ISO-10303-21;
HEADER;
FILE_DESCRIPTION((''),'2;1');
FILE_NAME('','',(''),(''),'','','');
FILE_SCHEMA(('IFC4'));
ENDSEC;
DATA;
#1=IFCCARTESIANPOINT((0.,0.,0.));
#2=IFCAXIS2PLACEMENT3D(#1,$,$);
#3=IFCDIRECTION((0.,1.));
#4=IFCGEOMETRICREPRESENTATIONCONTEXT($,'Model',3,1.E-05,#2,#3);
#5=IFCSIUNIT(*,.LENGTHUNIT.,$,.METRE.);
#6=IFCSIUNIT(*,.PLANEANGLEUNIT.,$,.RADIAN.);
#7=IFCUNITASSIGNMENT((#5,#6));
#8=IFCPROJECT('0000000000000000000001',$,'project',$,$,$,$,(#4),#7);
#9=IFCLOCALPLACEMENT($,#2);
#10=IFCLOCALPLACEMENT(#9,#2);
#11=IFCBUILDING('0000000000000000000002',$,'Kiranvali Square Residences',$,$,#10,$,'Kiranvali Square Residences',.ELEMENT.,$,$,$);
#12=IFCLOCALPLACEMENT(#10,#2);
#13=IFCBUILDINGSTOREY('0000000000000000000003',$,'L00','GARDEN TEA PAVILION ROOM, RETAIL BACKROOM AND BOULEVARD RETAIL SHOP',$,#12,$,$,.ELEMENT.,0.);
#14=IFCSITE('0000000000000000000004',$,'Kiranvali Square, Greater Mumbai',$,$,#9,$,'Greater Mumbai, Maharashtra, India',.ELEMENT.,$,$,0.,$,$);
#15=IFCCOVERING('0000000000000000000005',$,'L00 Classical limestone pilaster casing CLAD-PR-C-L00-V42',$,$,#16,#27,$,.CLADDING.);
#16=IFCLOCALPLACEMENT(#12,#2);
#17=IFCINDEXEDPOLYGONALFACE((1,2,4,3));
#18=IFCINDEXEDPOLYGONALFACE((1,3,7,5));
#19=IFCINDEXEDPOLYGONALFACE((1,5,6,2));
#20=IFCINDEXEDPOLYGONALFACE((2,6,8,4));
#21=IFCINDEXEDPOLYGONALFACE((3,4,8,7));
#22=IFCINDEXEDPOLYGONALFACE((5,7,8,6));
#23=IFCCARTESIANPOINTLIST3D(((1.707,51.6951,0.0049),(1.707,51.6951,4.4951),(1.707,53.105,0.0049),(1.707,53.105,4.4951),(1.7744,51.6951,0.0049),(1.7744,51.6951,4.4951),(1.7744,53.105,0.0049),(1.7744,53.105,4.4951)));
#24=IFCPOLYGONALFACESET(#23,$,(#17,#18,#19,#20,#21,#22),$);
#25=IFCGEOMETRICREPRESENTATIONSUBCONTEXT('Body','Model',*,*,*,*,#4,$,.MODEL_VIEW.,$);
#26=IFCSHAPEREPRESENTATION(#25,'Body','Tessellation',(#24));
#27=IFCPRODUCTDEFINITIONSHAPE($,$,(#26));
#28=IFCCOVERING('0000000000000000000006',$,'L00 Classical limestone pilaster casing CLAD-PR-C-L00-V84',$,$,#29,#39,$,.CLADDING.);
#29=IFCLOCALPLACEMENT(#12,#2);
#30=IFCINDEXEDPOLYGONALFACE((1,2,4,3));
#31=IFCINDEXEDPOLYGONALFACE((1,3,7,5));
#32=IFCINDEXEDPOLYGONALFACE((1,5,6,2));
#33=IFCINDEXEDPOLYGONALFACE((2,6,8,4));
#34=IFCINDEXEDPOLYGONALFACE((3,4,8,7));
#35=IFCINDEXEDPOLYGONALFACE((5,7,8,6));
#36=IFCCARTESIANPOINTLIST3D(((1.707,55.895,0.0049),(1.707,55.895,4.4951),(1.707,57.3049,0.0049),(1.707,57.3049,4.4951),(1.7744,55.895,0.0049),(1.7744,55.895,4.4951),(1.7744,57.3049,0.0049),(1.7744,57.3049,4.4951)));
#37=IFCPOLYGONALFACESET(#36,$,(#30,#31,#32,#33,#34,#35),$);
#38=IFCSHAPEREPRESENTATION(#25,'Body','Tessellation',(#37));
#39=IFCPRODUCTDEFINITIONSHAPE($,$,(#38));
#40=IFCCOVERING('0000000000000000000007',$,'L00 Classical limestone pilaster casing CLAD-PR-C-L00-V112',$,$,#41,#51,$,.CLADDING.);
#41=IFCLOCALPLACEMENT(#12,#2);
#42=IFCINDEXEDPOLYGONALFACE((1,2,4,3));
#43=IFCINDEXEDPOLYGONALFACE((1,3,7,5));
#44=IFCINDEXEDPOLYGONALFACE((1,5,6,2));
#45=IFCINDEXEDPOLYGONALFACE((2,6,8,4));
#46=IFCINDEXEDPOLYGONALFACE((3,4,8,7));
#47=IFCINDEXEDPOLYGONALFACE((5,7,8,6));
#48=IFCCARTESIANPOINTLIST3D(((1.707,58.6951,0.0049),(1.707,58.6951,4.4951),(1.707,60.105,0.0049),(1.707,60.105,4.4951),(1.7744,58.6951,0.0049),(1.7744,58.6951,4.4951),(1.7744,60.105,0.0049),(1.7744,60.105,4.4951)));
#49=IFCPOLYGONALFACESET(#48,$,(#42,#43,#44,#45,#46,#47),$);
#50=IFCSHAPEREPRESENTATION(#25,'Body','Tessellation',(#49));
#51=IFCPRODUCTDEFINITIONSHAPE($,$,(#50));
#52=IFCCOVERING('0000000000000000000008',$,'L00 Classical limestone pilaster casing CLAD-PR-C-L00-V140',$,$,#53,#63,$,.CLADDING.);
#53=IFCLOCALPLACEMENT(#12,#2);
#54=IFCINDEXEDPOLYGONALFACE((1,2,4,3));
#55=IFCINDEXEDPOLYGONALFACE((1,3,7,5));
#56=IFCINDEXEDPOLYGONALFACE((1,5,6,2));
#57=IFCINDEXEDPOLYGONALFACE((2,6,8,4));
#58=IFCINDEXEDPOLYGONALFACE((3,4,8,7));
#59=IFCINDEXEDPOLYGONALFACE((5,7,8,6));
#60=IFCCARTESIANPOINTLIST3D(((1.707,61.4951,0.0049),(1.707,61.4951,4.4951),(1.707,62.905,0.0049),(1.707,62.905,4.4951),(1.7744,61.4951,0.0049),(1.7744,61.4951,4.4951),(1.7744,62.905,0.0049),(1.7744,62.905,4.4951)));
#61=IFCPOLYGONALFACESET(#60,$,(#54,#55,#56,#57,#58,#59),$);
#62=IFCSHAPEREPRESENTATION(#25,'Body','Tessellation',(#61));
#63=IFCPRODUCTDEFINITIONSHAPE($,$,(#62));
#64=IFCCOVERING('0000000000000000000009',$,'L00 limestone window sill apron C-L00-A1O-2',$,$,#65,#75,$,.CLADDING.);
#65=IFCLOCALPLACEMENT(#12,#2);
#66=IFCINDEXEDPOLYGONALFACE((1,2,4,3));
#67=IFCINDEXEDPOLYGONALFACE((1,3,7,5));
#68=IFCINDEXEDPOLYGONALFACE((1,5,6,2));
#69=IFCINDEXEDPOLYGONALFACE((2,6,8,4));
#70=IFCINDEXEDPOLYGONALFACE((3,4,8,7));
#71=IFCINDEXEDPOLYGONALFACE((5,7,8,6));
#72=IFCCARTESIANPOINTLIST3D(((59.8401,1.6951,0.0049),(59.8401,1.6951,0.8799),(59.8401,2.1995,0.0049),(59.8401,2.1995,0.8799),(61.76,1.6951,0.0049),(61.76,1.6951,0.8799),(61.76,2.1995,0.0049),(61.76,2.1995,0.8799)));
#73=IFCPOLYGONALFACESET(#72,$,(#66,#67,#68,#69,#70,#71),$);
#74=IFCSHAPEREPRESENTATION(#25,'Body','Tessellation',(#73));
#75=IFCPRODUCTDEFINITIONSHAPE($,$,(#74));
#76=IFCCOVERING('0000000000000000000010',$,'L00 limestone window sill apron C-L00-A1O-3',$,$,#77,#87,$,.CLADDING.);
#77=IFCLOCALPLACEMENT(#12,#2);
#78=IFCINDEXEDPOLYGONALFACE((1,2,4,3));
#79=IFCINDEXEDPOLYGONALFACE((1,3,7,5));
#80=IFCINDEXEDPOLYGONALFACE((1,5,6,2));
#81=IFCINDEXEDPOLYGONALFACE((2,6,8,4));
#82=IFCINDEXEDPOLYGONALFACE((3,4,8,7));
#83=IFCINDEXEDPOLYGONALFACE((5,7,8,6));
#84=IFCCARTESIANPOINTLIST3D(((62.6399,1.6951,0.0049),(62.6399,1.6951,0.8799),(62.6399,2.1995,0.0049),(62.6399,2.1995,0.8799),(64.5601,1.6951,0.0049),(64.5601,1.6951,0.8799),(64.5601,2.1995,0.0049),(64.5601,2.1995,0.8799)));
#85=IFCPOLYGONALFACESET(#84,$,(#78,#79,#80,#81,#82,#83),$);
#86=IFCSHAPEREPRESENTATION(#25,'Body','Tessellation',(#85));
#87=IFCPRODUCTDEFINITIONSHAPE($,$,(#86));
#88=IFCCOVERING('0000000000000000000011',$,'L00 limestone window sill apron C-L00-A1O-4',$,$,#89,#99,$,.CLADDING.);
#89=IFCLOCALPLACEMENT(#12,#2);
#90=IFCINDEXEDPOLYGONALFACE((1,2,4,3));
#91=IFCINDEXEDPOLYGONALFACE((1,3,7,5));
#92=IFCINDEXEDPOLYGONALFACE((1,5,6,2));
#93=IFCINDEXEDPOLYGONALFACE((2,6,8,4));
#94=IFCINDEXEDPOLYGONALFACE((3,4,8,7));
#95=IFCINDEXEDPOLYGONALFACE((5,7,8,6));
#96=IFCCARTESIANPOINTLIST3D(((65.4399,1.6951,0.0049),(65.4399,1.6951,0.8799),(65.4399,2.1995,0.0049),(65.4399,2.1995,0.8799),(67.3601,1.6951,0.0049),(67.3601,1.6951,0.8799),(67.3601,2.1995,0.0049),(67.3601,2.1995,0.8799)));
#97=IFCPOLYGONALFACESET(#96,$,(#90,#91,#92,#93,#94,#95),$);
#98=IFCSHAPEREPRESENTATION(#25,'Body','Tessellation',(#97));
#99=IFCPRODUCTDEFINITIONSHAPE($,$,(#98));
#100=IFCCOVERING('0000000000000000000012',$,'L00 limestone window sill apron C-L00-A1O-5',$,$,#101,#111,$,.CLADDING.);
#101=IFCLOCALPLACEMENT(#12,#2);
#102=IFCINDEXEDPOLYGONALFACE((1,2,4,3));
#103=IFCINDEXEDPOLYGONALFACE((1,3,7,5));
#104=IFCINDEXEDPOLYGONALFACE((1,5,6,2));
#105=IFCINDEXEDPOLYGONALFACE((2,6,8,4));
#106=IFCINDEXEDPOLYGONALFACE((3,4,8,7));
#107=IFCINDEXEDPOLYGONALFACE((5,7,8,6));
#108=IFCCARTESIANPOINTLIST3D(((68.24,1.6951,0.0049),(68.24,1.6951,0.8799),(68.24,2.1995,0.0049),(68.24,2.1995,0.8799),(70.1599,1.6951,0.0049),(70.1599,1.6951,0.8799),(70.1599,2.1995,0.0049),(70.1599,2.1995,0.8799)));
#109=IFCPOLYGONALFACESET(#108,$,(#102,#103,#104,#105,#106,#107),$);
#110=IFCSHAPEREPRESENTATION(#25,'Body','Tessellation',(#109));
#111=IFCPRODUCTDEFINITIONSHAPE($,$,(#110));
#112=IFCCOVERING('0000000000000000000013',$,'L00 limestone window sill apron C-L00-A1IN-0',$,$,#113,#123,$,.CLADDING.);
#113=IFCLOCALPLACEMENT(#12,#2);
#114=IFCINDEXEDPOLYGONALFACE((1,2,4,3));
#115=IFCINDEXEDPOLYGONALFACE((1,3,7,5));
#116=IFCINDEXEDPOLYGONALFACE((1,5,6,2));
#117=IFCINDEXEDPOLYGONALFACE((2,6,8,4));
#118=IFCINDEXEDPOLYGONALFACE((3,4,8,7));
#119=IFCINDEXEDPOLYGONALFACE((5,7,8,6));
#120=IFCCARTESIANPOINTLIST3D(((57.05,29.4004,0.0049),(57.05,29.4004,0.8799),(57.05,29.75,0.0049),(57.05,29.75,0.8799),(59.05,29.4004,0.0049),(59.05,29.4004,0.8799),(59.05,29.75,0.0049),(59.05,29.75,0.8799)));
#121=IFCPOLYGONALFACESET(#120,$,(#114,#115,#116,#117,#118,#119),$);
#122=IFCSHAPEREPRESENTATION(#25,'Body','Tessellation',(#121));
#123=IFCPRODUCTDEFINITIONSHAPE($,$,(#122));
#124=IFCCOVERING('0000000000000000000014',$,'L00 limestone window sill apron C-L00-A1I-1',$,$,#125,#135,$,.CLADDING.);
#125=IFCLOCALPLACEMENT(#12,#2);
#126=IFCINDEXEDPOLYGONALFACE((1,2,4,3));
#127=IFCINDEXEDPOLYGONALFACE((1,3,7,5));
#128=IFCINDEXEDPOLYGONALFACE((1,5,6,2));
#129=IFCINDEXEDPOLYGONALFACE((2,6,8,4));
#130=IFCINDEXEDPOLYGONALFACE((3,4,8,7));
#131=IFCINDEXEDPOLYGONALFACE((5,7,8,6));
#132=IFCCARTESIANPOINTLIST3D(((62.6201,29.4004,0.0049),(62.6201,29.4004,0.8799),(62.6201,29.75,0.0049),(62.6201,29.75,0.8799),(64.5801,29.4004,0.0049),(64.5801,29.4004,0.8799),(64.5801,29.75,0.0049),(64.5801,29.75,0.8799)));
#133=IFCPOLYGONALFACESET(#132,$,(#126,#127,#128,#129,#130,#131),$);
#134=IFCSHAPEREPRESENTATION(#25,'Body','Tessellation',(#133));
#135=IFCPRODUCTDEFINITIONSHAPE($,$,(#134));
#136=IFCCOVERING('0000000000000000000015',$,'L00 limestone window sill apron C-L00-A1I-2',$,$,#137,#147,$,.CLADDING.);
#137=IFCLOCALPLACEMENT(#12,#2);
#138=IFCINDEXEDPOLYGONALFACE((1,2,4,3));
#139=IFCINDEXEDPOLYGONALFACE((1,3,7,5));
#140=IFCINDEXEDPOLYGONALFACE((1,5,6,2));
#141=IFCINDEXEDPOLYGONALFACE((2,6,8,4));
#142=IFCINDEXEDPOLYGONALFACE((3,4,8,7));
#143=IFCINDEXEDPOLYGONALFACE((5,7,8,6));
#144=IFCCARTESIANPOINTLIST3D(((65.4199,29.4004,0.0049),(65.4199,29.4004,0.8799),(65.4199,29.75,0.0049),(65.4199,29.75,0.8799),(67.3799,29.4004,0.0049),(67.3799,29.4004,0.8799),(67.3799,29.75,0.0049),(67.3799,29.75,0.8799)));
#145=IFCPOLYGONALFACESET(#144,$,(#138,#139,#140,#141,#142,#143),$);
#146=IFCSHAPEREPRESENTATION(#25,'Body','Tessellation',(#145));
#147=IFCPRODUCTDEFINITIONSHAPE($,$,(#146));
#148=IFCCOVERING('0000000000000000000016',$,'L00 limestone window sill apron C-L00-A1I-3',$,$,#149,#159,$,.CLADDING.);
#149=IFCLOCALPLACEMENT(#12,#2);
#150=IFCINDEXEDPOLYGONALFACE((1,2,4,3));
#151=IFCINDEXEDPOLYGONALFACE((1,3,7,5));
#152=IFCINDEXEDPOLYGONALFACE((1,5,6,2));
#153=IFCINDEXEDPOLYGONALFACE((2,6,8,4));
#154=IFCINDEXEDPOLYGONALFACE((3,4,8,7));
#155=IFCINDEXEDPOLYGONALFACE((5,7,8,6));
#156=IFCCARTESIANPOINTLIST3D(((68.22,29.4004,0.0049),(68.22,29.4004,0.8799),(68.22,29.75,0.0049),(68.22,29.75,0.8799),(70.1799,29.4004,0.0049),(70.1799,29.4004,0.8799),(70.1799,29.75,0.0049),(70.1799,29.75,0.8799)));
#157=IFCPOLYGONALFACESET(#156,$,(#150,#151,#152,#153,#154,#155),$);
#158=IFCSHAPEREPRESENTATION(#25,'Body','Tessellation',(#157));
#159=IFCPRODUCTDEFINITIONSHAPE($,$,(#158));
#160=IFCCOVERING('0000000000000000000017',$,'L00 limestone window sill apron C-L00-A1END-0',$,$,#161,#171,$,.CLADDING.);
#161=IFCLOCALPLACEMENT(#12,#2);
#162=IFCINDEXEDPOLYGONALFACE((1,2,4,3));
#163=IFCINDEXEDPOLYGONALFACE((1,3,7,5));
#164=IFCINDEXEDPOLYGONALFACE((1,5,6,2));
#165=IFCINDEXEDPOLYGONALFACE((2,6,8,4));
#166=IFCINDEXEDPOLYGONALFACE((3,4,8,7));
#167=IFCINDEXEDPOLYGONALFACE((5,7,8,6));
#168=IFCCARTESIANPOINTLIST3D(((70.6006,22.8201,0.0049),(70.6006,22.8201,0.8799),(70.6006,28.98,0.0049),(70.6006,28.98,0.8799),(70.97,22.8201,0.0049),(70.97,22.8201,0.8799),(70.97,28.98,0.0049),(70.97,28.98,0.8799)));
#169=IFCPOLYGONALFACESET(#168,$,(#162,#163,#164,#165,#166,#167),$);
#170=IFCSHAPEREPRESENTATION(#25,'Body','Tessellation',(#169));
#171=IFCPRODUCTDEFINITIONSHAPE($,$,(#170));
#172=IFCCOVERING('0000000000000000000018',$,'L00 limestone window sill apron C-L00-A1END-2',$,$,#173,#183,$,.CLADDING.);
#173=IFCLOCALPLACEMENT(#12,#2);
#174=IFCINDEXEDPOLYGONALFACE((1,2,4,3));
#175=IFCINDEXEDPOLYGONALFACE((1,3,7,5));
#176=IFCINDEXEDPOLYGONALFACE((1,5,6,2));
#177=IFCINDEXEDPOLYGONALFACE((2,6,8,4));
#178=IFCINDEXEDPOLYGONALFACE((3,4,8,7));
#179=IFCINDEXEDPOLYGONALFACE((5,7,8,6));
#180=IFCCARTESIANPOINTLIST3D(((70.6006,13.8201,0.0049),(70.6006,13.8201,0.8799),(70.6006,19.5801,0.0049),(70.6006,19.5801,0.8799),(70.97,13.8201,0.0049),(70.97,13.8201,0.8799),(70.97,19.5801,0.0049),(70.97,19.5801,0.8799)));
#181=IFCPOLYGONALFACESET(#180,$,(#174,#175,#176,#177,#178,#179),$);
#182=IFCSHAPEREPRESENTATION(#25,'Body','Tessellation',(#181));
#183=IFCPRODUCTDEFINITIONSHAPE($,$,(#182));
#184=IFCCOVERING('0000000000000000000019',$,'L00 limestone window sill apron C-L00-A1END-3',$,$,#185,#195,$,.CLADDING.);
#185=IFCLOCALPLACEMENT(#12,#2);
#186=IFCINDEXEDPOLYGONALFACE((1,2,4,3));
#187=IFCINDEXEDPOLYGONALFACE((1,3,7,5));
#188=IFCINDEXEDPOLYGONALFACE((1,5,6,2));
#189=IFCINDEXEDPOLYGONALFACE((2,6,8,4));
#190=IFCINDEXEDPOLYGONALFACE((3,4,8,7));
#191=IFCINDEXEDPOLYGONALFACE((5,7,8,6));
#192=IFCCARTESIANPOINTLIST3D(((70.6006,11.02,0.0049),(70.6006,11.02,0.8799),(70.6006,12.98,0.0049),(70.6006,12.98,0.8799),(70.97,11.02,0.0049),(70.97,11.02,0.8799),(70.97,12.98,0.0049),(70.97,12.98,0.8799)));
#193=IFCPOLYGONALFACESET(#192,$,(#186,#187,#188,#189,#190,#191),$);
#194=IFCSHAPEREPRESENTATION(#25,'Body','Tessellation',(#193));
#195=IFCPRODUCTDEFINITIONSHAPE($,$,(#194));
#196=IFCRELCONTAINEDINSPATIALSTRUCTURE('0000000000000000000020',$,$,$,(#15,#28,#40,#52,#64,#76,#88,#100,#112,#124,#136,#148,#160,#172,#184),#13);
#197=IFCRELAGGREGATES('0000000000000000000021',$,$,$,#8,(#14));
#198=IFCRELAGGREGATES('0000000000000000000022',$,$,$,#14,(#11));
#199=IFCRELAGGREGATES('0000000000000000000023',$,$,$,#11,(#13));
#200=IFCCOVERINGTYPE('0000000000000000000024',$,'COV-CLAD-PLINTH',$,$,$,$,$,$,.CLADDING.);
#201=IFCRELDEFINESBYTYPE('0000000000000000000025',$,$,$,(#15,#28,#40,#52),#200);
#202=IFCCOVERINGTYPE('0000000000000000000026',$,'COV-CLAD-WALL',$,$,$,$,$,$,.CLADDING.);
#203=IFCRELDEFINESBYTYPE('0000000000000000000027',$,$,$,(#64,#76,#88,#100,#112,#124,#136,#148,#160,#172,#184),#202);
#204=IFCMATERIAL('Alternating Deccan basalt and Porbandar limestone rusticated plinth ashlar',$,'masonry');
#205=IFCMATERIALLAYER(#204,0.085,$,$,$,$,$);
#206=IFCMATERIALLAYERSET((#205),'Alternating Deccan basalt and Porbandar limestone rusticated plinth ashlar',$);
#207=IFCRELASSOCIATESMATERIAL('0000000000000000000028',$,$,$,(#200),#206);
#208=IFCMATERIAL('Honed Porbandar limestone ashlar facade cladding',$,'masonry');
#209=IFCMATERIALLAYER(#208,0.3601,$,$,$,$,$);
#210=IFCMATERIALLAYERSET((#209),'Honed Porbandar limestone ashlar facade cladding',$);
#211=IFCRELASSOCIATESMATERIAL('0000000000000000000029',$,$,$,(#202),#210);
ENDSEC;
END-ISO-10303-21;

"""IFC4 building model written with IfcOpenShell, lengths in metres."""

from ifc_helpers import new_model, si_unit, direction, frame, origin, place, context, subcontext, project, spatial, polyline, outline, extrude, material, layer, layer_set, type_object, element, save


model = new_model("IFC4")

# Units and contexts
model_context = context("Model", 3, precision=1e-05, world=origin(), true_north=direction((0.0, 1.0)))
body_context = subcontext(model_context, "Body", "Model", "MODEL_VIEW")
ifc_project = project(units=[si_unit("LENGTHUNIT", "METRE"), si_unit("PLANEANGLEUNIT", "RADIAN")], contexts=[model_context])

# Site, building, storey
site_placement = place(None, origin())
site = spatial("IfcSite", under=ifc_project, at=site_placement, Name="Kiranvali Square, Greater Mumbai", LongName="Greater Mumbai, Maharashtra, India", CompositionType="ELEMENT", RefElevation=0.0)
building_placement = place(site_placement, origin())
building = spatial("IfcBuilding", under=site, at=building_placement, Name="Kiranvali Square Residences", LongName="Kiranvali Square Residences", CompositionType="ELEMENT")
storey_placement = place(building_placement, origin())
storey = spatial("IfcBuildingStorey", under=building, at=storey_placement, Name="L00", Description="GARDEN TEA PAVILION ROOM, RETAIL BACKROOM AND BOULEVARD RETAIL SHOP", CompositionType="ELEMENT", Elevation=0.0)

# Coverings
ifc_material_1 = material(Name="Honed Porbandar limestone ashlar facade cladding", Category="masonry")
ifc_material_2 = material(Name="Alternating Deccan basalt and Porbandar limestone rusticated plinth ashlar", Category="masonry")
ifc_layer_1 = layer(ifc_material_2, 0.085)
ifc_layer_set_1 = layer_set([ifc_layer_1], Name="Alternating Deccan basalt and Porbandar limestone rusticated plinth ashlar")
covering_type_1 = type_object("IfcCoveringType", Name="COV-CLAD-PLINTH", PredefinedType="CLADDING", material=ifc_layer_set_1)
covering_1_placement = place(storey_placement, frame((0.0, 0.0, 0.0049)))
element("IfcCovering", 1, at=covering_1_placement, inside=storey, type_object=covering_type_1, Name="L00 Classical limestone pilaster casing CLAD-PR-C-L00-V42", PredefinedType="CLADDING", context=body_context, shape_type="SweptSolid", body=[
    extrude(outline(polyline([(1.7744, 51.6951), (1.7744, 53.105), (1.707, 53.105), (1.707, 51.6951), (1.7744, 51.6951)])), origin(), (0.0, 0.0, 1.0), 4.4902),
])
covering_2_placement = place(storey_placement, frame((0.0, 0.0, 0.0049)))
element("IfcCovering", 2, at=covering_2_placement, inside=storey, type_object=covering_type_1, Name="L00 Classical limestone pilaster casing CLAD-PR-C-L00-V84", PredefinedType="CLADDING", context=body_context, shape_type="SweptSolid", body=[
    extrude(outline(polyline([(1.7744, 55.895), (1.7744, 57.3049), (1.707, 57.3049), (1.707, 55.895), (1.7744, 55.895)])), origin(), (0.0, 0.0, 1.0), 4.4902),
])
covering_3_placement = place(storey_placement, frame((0.0, 0.0, 0.0049)))
element("IfcCovering", 3, at=covering_3_placement, inside=storey, type_object=covering_type_1, Name="L00 Classical limestone pilaster casing CLAD-PR-C-L00-V112", PredefinedType="CLADDING", context=body_context, shape_type="SweptSolid", body=[
    extrude(outline(polyline([(1.7744, 58.6951), (1.7744, 60.105), (1.707, 60.105), (1.707, 58.6951), (1.7744, 58.6951)])), origin(), (0.0, 0.0, 1.0), 4.4902),
])
covering_4_placement = place(storey_placement, frame((0.0, 0.0, 0.0049)))
element("IfcCovering", 4, at=covering_4_placement, inside=storey, type_object=covering_type_1, Name="L00 Classical limestone pilaster casing CLAD-PR-C-L00-V140", PredefinedType="CLADDING", context=body_context, shape_type="SweptSolid", body=[
    extrude(outline(polyline([(1.7744, 61.4951), (1.7744, 62.905), (1.707, 62.905), (1.707, 61.4951), (1.7744, 61.4951)])), origin(), (0.0, 0.0, 1.0), 4.4902),
])
ifc_layer_2 = layer(ifc_material_1, 0.3601)
ifc_layer_set_2 = layer_set([ifc_layer_2], Name="Honed Porbandar limestone ashlar facade cladding")
covering_type_2 = type_object("IfcCoveringType", Name="COV-CLAD-WALL", PredefinedType="CLADDING", material=ifc_layer_set_2)
covering_5_placement = place(storey_placement, frame((0.0, 0.0, 0.0049)))
element("IfcCovering", 5, at=covering_5_placement, inside=storey, type_object=covering_type_2, Name="L00 limestone window sill apron C-L00-A1O-2", PredefinedType="CLADDING", context=body_context, shape_type="SweptSolid", body=[
    extrude(outline(polyline([(59.8401, 1.6951), (61.76, 1.6951), (61.76, 2.1995), (59.8401, 2.1995), (59.8401, 1.6951)])), origin(), (0.0, 0.0, 1.0), 0.875),
])
covering_6_placement = place(storey_placement, frame((0.0, 0.0, 0.0049)))
element("IfcCovering", 6, at=covering_6_placement, inside=storey, type_object=covering_type_2, Name="L00 limestone window sill apron C-L00-A1O-3", PredefinedType="CLADDING", context=body_context, shape_type="SweptSolid", body=[
    extrude(outline(polyline([(62.6399, 1.6951), (64.5601, 1.6951), (64.5601, 2.1995), (62.6399, 2.1995), (62.6399, 1.6951)])), origin(), (0.0, 0.0, 1.0), 0.875),
])
covering_7_placement = place(storey_placement, frame((0.0, 0.0, 0.0049)))
element("IfcCovering", 7, at=covering_7_placement, inside=storey, type_object=covering_type_2, Name="L00 limestone window sill apron C-L00-A1O-4", PredefinedType="CLADDING", context=body_context, shape_type="SweptSolid", body=[
    extrude(outline(polyline([(65.4399, 1.6951), (67.3601, 1.6951), (67.3601, 2.1995), (65.4399, 2.1995), (65.4399, 1.6951)])), origin(), (0.0, 0.0, 1.0), 0.875),
])
covering_8_placement = place(storey_placement, frame((0.0, 0.0, 0.0049)))
element("IfcCovering", 8, at=covering_8_placement, inside=storey, type_object=covering_type_2, Name="L00 limestone window sill apron C-L00-A1O-5", PredefinedType="CLADDING", context=body_context, shape_type="SweptSolid", body=[
    extrude(outline(polyline([(68.24, 1.6951), (70.1599, 1.6951), (70.1599, 2.1995), (68.24, 2.1995), (68.24, 1.6951)])), origin(), (0.0, 0.0, 1.0), 0.875),
])
covering_9_placement = place(storey_placement, frame((0.0, 0.0, 0.0049)))
element("IfcCovering", 9, at=covering_9_placement, inside=storey, type_object=covering_type_2, Name="L00 limestone window sill apron C-L00-A1IN-0", PredefinedType="CLADDING", context=body_context, shape_type="SweptSolid", body=[
    extrude(outline(polyline([(57.05, 29.4004), (59.05, 29.4004), (59.05, 29.75), (57.05, 29.75), (57.05, 29.4004)])), origin(), (0.0, 0.0, 1.0), 0.875),
])
covering_10_placement = place(storey_placement, frame((0.0, 0.0, 0.0049)))
element("IfcCovering", 10, at=covering_10_placement, inside=storey, type_object=covering_type_2, Name="L00 limestone window sill apron C-L00-A1I-1", PredefinedType="CLADDING", context=body_context, shape_type="SweptSolid", body=[
    extrude(outline(polyline([(62.6201, 29.4004), (64.5801, 29.4004), (64.5801, 29.75), (62.6201, 29.75), (62.6201, 29.4004)])), origin(), (0.0, 0.0, 1.0), 0.875),
])
covering_11_placement = place(storey_placement, frame((0.0, 0.0, 0.0049)))
element("IfcCovering", 11, at=covering_11_placement, inside=storey, type_object=covering_type_2, Name="L00 limestone window sill apron C-L00-A1I-2", PredefinedType="CLADDING", context=body_context, shape_type="SweptSolid", body=[
    extrude(outline(polyline([(65.4199, 29.4004), (67.3799, 29.4004), (67.3799, 29.75), (65.4199, 29.75), (65.4199, 29.4004)])), origin(), (0.0, 0.0, 1.0), 0.875),
])
covering_12_placement = place(storey_placement, frame((0.0, 0.0, 0.0049)))
element("IfcCovering", 12, at=covering_12_placement, inside=storey, type_object=covering_type_2, Name="L00 limestone window sill apron C-L00-A1I-3", PredefinedType="CLADDING", context=body_context, shape_type="SweptSolid", body=[
    extrude(outline(polyline([(68.22, 29.4004), (70.1799, 29.4004), (70.1799, 29.75), (68.22, 29.75), (68.22, 29.4004)])), origin(), (0.0, 0.0, 1.0), 0.875),
])
covering_13_placement = place(storey_placement, frame((0.0, 0.0, 0.0049)))
element("IfcCovering", 13, at=covering_13_placement, inside=storey, type_object=covering_type_2, Name="L00 limestone window sill apron C-L00-A1END-0", PredefinedType="CLADDING", context=body_context, shape_type="SweptSolid", body=[
    extrude(outline(polyline([(70.6006, 28.98), (70.6006, 22.8201), (70.97, 22.8201), (70.97, 28.98), (70.6006, 28.98)])), origin(), (0.0, 0.0, 1.0), 0.875),
])
covering_14_placement = place(storey_placement, frame((0.0, 0.0, 0.0049)))
element("IfcCovering", 14, at=covering_14_placement, inside=storey, type_object=covering_type_2, Name="L00 limestone window sill apron C-L00-A1END-2", PredefinedType="CLADDING", context=body_context, shape_type="SweptSolid", body=[
    extrude(outline(polyline([(70.6006, 19.5801), (70.6006, 13.8201), (70.97, 13.8201), (70.97, 19.5801), (70.6006, 19.5801)])), origin(), (0.0, 0.0, 1.0), 0.875),
])
covering_15_placement = place(storey_placement, frame((0.0, 0.0, 0.0049)))
element("IfcCovering", 15, at=covering_15_placement, inside=storey, type_object=covering_type_2, Name="L00 limestone window sill apron C-L00-A1END-3", PredefinedType="CLADDING", context=body_context, shape_type="SweptSolid", body=[
    extrude(outline(polyline([(70.6006, 12.98), (70.6006, 11.02), (70.97, 11.02), (70.97, 12.98), (70.6006, 12.98)])), origin(), (0.0, 0.0, 1.0), 0.875),
])

save(model, "model.ifc")
